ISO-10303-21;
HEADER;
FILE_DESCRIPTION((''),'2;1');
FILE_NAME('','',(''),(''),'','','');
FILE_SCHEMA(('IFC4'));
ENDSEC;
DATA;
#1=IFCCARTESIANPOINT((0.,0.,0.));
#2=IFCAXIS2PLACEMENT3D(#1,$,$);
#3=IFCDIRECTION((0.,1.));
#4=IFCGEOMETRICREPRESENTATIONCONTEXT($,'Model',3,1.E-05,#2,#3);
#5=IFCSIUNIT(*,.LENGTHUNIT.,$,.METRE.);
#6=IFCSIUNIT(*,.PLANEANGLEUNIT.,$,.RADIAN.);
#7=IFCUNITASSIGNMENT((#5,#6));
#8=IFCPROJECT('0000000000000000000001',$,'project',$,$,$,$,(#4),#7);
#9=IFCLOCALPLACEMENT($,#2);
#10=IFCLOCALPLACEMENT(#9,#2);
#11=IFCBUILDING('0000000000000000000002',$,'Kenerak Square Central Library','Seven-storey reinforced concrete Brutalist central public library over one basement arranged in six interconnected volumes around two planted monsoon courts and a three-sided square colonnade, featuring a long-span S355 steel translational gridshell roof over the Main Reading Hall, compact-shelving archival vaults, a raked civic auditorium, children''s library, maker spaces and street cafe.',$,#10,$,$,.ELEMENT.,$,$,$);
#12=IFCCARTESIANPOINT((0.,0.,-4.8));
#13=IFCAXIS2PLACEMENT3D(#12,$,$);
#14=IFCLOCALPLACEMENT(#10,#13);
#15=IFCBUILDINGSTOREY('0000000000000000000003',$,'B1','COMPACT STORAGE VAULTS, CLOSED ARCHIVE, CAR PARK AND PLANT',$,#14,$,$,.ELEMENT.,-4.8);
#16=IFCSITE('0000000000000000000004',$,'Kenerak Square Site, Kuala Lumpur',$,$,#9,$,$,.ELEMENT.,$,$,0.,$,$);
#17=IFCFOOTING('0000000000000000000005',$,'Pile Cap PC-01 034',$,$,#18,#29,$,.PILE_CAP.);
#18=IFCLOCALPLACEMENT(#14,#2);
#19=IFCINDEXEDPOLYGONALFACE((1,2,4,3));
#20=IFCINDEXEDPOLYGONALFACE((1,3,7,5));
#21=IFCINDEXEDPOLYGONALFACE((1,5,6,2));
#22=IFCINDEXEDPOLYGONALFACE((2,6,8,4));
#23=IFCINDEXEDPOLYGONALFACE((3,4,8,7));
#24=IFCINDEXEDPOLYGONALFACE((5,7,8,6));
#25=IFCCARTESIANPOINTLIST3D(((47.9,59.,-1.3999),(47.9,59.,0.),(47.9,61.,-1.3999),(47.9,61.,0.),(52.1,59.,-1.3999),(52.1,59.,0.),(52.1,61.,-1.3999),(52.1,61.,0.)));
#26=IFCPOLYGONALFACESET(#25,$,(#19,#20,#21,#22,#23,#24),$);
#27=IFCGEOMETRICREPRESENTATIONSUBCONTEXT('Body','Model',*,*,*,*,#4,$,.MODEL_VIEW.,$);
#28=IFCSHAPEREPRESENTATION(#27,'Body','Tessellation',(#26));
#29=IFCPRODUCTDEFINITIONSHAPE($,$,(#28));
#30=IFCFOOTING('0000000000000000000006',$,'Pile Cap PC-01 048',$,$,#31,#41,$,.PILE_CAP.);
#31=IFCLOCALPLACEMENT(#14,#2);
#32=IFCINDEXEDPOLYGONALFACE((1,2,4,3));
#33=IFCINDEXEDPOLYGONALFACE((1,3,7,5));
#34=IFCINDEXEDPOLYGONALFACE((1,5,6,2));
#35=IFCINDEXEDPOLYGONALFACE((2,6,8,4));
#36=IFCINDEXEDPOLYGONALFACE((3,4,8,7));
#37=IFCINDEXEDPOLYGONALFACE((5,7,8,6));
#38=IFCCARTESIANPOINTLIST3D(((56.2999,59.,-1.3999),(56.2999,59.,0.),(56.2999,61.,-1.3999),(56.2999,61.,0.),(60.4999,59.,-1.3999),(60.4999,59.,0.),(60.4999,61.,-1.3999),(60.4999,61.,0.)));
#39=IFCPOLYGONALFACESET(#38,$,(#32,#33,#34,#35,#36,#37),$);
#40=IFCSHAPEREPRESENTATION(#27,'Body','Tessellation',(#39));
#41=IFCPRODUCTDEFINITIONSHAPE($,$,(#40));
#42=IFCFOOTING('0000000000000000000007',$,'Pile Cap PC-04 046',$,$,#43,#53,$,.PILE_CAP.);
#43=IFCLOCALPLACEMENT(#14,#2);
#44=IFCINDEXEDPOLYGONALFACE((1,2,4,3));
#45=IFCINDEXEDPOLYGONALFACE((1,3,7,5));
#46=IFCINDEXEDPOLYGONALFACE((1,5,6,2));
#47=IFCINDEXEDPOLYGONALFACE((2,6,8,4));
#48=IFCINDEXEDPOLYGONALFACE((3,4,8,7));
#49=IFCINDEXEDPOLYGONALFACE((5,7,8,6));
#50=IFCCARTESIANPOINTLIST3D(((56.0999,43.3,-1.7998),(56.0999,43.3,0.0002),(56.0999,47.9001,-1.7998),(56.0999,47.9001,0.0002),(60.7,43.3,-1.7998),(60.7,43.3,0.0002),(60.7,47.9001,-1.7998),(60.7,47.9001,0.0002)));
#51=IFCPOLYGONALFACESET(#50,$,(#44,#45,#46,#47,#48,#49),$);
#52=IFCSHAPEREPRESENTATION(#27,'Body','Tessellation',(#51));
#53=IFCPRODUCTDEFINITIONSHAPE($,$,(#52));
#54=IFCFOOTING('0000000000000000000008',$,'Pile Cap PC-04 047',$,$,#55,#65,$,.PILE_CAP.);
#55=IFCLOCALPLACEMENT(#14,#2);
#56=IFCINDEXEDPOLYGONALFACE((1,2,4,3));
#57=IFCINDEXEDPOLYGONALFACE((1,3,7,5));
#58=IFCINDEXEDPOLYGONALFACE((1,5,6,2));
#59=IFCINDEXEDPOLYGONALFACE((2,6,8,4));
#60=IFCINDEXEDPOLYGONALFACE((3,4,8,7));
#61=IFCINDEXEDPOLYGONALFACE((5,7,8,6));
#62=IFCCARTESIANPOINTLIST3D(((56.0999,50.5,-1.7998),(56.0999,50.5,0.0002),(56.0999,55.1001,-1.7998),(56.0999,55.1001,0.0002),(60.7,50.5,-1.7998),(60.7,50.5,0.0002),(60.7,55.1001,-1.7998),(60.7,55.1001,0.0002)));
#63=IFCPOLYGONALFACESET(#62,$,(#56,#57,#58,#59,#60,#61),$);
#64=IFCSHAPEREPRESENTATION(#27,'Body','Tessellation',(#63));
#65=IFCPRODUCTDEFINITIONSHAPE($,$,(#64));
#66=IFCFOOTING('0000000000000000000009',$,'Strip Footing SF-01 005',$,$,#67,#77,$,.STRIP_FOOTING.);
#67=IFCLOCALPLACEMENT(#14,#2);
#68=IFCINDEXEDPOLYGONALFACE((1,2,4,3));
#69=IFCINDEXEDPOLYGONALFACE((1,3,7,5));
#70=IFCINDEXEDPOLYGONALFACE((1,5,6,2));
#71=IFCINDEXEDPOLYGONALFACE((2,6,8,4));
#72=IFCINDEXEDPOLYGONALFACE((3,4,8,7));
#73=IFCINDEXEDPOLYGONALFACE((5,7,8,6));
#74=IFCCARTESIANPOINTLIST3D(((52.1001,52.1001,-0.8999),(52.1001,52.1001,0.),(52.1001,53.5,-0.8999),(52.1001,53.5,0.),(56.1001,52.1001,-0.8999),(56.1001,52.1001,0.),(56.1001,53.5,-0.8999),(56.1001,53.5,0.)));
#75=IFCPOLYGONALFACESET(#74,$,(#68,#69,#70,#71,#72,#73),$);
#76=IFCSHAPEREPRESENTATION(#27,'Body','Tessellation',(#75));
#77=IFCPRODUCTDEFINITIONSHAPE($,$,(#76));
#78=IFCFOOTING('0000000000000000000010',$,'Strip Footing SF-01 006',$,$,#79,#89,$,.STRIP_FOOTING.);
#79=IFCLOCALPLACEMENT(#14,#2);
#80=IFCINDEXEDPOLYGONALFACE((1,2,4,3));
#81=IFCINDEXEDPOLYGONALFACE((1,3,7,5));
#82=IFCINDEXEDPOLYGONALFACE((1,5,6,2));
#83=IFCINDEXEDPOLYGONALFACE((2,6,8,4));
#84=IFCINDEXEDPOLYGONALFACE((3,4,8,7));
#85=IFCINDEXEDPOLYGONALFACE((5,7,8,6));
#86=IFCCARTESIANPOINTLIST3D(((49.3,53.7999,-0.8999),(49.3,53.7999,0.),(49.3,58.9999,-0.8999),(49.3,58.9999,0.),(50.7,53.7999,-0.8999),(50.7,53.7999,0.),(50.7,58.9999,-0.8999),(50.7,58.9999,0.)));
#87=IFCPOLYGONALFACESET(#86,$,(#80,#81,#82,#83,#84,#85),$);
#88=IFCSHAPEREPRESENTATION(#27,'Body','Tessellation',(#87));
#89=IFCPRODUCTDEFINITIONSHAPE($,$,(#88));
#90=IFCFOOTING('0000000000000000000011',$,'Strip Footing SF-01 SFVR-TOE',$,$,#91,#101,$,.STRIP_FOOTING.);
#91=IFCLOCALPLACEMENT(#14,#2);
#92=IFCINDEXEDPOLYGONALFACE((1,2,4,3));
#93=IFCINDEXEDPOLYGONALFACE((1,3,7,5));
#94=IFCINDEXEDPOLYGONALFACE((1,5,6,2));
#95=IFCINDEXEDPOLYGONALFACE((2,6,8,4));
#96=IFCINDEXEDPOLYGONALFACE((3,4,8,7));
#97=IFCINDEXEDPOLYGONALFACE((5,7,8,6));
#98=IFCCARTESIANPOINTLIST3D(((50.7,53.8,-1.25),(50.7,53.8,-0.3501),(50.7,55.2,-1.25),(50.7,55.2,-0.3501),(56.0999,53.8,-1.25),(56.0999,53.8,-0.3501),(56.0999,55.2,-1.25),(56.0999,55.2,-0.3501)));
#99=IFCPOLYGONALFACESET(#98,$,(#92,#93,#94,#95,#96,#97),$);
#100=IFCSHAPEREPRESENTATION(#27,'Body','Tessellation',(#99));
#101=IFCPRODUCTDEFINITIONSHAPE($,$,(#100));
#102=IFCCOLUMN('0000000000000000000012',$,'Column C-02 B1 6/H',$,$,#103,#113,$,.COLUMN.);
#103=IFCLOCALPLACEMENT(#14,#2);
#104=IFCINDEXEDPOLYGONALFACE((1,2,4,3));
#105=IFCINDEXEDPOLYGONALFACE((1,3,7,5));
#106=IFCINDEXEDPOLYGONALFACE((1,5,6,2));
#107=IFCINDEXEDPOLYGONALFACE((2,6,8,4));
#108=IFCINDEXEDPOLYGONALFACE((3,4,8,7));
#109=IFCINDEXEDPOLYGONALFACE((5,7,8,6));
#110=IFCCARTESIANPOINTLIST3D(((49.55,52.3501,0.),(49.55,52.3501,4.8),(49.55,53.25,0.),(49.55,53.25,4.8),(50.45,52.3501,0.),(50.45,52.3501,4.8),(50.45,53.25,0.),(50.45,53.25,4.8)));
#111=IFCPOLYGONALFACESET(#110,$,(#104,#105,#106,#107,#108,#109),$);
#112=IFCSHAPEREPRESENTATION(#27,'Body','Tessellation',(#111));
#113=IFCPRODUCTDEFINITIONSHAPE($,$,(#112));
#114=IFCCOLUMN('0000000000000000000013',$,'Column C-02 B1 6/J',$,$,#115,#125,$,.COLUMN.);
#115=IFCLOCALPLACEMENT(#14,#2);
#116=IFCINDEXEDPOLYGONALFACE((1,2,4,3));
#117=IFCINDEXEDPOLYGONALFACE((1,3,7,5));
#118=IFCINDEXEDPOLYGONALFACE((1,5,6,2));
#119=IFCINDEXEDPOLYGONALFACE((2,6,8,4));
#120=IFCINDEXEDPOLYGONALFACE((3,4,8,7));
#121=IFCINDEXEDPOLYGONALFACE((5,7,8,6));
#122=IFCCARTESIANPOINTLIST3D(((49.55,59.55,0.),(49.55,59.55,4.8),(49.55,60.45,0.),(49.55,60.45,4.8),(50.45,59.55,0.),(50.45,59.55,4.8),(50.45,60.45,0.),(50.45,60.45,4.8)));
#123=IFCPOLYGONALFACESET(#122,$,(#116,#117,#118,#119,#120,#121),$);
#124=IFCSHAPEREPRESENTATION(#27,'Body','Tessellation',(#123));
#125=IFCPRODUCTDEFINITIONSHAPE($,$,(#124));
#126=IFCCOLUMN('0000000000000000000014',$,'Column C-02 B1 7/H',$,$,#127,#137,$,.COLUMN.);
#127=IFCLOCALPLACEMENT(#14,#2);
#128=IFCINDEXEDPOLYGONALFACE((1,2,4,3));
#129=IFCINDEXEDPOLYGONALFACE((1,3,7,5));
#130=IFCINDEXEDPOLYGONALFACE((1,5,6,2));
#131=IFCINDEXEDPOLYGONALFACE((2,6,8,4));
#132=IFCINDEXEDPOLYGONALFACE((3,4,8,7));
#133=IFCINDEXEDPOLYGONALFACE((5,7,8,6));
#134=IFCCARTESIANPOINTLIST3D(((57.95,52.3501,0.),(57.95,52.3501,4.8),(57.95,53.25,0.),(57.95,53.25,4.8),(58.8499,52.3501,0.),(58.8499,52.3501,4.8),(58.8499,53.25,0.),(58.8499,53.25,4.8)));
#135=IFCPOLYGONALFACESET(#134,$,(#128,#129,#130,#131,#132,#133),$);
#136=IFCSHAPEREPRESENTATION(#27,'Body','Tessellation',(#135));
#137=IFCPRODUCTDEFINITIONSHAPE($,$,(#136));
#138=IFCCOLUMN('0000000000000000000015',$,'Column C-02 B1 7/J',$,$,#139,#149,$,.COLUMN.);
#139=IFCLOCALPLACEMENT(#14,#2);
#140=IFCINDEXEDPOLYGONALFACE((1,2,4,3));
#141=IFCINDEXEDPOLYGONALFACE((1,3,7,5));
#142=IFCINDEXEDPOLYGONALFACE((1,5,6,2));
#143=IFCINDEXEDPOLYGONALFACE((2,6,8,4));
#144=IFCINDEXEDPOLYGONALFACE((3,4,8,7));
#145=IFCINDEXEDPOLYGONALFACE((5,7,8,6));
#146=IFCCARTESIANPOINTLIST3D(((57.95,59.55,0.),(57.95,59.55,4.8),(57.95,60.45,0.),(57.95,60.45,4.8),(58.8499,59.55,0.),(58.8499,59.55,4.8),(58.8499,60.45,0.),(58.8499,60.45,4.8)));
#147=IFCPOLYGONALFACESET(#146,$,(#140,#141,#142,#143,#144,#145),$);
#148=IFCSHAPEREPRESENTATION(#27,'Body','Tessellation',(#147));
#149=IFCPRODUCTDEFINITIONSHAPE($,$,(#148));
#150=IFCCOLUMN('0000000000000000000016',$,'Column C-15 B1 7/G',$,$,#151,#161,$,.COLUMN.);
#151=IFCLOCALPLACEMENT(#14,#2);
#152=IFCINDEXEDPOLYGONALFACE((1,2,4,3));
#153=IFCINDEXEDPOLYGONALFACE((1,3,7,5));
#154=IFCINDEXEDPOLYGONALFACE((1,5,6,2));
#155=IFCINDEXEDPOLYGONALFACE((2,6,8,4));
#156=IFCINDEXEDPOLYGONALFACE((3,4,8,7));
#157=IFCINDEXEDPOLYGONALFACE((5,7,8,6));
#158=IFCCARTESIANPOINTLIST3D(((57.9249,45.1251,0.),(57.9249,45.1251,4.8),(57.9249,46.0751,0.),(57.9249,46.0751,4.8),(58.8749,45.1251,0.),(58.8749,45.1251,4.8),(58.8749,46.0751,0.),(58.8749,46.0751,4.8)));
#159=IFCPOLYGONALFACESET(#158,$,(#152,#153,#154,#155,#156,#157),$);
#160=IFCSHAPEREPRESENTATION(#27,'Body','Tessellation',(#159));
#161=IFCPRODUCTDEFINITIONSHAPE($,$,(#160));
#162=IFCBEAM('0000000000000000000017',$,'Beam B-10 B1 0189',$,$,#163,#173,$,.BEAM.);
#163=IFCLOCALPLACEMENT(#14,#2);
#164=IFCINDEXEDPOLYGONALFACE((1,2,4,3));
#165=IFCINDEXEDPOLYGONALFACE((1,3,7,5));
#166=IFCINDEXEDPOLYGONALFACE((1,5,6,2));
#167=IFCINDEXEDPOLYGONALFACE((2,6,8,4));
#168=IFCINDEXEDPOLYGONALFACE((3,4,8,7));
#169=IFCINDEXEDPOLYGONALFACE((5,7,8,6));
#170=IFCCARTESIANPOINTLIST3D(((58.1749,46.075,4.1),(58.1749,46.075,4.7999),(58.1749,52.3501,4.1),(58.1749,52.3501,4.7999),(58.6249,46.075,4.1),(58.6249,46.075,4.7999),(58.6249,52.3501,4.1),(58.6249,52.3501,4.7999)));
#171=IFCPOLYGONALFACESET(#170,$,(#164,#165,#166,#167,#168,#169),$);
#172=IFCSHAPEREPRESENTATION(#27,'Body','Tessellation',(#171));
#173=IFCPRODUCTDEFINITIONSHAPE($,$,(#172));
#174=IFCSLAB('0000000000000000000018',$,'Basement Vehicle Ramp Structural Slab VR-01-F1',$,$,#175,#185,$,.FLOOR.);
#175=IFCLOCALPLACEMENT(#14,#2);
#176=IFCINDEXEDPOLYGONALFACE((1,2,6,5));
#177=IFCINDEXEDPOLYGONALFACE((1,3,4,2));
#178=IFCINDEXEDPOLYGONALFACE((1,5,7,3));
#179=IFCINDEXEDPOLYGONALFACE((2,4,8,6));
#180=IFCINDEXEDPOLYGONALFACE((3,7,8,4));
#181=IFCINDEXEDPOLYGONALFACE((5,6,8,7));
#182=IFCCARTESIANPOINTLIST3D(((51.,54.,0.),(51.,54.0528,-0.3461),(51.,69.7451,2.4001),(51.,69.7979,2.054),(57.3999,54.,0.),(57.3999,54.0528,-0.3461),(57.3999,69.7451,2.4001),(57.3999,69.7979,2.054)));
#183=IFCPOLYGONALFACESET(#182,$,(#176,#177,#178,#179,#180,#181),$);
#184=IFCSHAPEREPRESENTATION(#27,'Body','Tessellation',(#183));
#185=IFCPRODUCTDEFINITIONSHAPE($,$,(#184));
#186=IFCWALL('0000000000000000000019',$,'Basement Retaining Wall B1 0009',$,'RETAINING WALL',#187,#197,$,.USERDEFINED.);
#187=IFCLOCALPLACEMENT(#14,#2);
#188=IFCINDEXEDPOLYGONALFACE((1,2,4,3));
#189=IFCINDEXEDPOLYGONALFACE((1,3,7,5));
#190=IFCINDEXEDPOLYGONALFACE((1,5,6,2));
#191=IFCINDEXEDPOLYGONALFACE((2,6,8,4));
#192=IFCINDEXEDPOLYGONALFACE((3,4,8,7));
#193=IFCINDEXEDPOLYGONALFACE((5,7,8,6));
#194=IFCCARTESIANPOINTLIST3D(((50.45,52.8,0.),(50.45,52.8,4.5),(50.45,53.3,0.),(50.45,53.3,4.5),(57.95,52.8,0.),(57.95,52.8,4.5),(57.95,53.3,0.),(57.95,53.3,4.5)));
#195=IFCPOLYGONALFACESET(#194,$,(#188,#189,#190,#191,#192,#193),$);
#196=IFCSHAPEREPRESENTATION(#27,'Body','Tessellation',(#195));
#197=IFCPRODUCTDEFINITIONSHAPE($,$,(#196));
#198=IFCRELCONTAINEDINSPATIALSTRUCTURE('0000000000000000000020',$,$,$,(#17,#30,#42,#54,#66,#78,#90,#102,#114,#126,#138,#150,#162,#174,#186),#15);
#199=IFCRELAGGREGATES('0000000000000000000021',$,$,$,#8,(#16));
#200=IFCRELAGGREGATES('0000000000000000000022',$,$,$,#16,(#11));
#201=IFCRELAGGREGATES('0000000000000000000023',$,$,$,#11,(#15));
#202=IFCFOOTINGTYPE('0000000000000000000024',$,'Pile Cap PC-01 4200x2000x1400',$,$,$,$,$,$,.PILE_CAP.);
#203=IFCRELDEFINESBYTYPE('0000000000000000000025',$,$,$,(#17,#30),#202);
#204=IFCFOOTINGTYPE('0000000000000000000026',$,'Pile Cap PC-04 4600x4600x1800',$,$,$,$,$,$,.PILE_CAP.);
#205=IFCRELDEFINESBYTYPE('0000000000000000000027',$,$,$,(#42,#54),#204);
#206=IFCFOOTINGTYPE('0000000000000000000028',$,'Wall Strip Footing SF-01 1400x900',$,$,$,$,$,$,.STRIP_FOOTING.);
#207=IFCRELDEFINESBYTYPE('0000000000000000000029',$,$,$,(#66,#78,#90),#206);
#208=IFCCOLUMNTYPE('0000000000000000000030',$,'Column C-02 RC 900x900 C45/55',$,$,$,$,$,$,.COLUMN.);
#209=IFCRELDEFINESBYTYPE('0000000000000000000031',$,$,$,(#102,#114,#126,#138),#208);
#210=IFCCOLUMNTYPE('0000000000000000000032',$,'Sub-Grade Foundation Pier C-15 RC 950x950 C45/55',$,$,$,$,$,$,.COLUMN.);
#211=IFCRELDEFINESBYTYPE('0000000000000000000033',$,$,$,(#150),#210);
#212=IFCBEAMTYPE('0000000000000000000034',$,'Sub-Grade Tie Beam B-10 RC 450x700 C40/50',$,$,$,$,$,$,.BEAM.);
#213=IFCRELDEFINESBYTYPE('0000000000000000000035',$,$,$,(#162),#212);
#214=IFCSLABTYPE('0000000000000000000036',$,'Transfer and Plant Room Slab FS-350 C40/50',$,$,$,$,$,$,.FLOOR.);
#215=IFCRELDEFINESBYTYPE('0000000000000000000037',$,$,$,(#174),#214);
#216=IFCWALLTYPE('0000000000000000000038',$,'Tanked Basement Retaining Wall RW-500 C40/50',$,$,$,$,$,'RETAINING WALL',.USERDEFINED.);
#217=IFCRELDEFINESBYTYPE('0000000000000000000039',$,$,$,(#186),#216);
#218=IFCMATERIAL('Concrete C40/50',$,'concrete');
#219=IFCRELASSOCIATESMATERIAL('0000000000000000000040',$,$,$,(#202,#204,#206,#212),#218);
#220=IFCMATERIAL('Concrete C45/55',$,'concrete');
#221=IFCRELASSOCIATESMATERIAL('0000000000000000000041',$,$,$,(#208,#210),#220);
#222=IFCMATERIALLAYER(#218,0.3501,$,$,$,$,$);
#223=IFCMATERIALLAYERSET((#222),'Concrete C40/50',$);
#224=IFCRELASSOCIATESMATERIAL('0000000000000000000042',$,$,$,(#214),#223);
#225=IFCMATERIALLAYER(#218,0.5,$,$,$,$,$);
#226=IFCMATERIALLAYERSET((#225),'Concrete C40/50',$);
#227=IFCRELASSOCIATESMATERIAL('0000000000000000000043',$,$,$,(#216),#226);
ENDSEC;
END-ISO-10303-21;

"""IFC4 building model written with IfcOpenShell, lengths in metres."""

from ifc_helpers import new_model, si_unit, direction, frame, frame_2d, origin, origin_2d, place, context, subcontext, project, spatial, polyline, rectangle, outline, extrude, material, layer, layer_set, material_profile, profile_set, type_object, element, save


model = new_model("IFC4")

# Units and contexts
model_context = context("Model", 3, precision=1e-05, world=origin(), true_north=direction((0.0, 1.0)))
body_context = subcontext(model_context, "Body", "Model", "MODEL_VIEW")
ifc_project = project(units=[si_unit("LENGTHUNIT", "METRE"), si_unit("PLANEANGLEUNIT", "RADIAN")], contexts=[model_context])

# Site, building, storey
site_placement = place(None, origin())
site = spatial("IfcSite", under=ifc_project, at=site_placement, Name="Kenerak Square Site, Kuala Lumpur", CompositionType="ELEMENT", RefElevation=0.0)
building_placement = place(site_placement, origin())
building = spatial("IfcBuilding", under=site, at=building_placement, Name="Kenerak Square Central Library", Description="Seven-storey reinforced concrete Brutalist central public library over one basement arranged in six interconnected volumes around two planted monsoon courts and a three-sided square colonnade, featuring a long-span S355 steel translational gridshell roof over the Main Reading Hall, compact-shelving archival vaults, a raked civic auditorium, children's library, maker spaces and street cafe.", CompositionType="ELEMENT")
storey_placement = place(building_placement, frame((0.0, 0.0, -4.8)))
storey = spatial("IfcBuildingStorey", under=building, at=storey_placement, Name="B1", Description="COMPACT STORAGE VAULTS, CLOSED ARCHIVE, CAR PARK AND PLANT", CompositionType="ELEMENT", Elevation=-4.8)

# Shared definitions
ifc_material_1 = material(Name="Concrete C40/50", Category="concrete")

# Footings
footing_type_1 = type_object("IfcFootingType", Name="Pile Cap PC-01 4200x2000x1400", PredefinedType="PILE_CAP", material=ifc_material_1)
for number, where, z_axis, x_axis, name in (
    (1, (50.0, 60.0, -1.3999), (0.0, 0.0, 1.0), (1.0, 0.0, 0.0), "Pile Cap PC-01 034"),
    (2, (58.3999, 60.0, -1.3999), (0.0, 0.0, 1.0), (1.0, 0.0, 0.0), "Pile Cap PC-01 048"),
):
    element("IfcFooting", number, at=place(storey_placement, frame(where, z_axis=z_axis, x_axis=x_axis)), inside=storey, type_object=footing_type_1, Name=name, PredefinedType="PILE_CAP", context=body_context, shape_type="SweptSolid", body=[
        extrude(rectangle(XDim=4.2, YDim=2.0, at=origin_2d()), origin(), (0.0, 0.0, 1.0), 1.3999),
    ])
footing_type_2 = type_object("IfcFootingType", Name="Pile Cap PC-04 4600x4600x1800", PredefinedType="PILE_CAP", material=ifc_material_1)
for number, where, z_axis, x_axis, name in (
    (3, (58.3999, 45.6001, -1.7998), (0.0, 0.0, 1.0), (1.0, 0.0, 0.0), "Pile Cap PC-04 046"),
    (4, (58.3999, 52.8, -1.7998), (0.0, 0.0, 1.0), (1.0, 0.0, 0.0), "Pile Cap PC-04 047"),
):
    element("IfcFooting", number, at=place(storey_placement, frame(where, z_axis=z_axis, x_axis=x_axis)), inside=storey, type_object=footing_type_2, Name=name, PredefinedType="PILE_CAP", context=body_context, shape_type="SweptSolid", body=[
        extrude(rectangle(XDim=4.6001, YDim=4.6001, at=origin_2d()), origin(), (0.0, 0.0, 1.0), 1.8),
    ])
footing_type_3 = type_object("IfcFootingType", Name="Wall Strip Footing SF-01 1400x900", PredefinedType="STRIP_FOOTING", material=ifc_material_1)
footing_1_placement = place(storey_placement, frame((54.1001, 52.8, -0.8999), z_axis=(0.0, 0.0, 1.0), x_axis=(1.0, 0.0, 0.0)))
element("IfcFooting", 5, at=footing_1_placement, inside=storey, type_object=footing_type_3, Name="Strip Footing SF-01 005", PredefinedType="STRIP_FOOTING", context=body_context, shape_type="SweptSolid", body=[
    extrude(rectangle(XDim=4.0, YDim=1.3999, at=origin_2d()), origin(), (0.0, 0.0, 1.0), 0.8999),
])
footing_2_placement = place(storey_placement, frame((50.0, 56.3999, -0.8999), z_axis=(0.0, 0.0, 1.0), x_axis=(1.0, 0.0, 0.0)))
element("IfcFooting", 6, at=footing_2_placement, inside=storey, type_object=footing_type_3, Name="Strip Footing SF-01 006", PredefinedType="STRIP_FOOTING", context=body_context, shape_type="SweptSolid", body=[
    extrude(rectangle(XDim=1.3999, YDim=5.2, at=origin_2d()), origin(), (0.0, 0.0, 1.0), 0.8999),
])
footing_3_placement = place(storey_placement, frame((53.3999, 54.5, -1.25), z_axis=(0.0, 0.0, 1.0), x_axis=(1.0, 0.0, 0.0)))
element("IfcFooting", 7, at=footing_3_placement, inside=storey, type_object=footing_type_3, Name="Strip Footing SF-01 SFVR-TOE", PredefinedType="STRIP_FOOTING", context=body_context, shape_type="SweptSolid", body=[
    extrude(rectangle(XDim=5.3999, YDim=1.3999, at=origin_2d()), origin(), (0.0, 0.0, 1.0), 0.8999),
])

# Columns
ifc_material_2 = material(Name="Concrete C45/55", Category="concrete")
ifc_material_profile_1 = material_profile(ifc_material_2, rectangle(XDim=0.8999, YDim=0.8999, at=origin_2d()), Name="RC 900x900")
ifc_profile_set_1 = profile_set([ifc_material_profile_1], Name="Concrete C45/55")
column_type_1 = type_object("IfcColumnType", Name="Column C-02 RC 900x900 C45/55", PredefinedType="COLUMN", material=ifc_profile_set_1)
for number, where, z_axis, x_axis, name in (
    (8, (50.0, 52.8, 0.0), (0.0, 0.0, 1.0), (1.0, 0.0, 0.0), "Column C-02 B1 6/H"),
    (9, (50.0, 60.0, 0.0), (0.0, 0.0, 1.0), (1.0, 0.0, 0.0), "Column C-02 B1 6/J"),
    (10, (58.3999, 52.8, 0.0), (0.0, 0.0, 1.0), (1.0, 0.0, 0.0), "Column C-02 B1 7/H"),
    (11, (58.3999, 60.0, 0.0), (0.0, 0.0, 1.0), (1.0, 0.0, 0.0), "Column C-02 B1 7/J"),
):
    element("IfcColumn", number, at=place(storey_placement, frame(where, z_axis=z_axis, x_axis=x_axis)), inside=storey, type_object=column_type_1, Name=name, PredefinedType="COLUMN", context=body_context, shape_type="SweptSolid", body=[
        extrude(rectangle(XDim=0.8999, YDim=0.8999, at=origin_2d()), origin(), (0.0, 0.0, 1.0), 4.8),
    ])
ifc_material_profile_2 = material_profile(ifc_material_2, rectangle(XDim=0.95, YDim=0.95, at=origin_2d()), Name="RC 950x950")
ifc_profile_set_2 = profile_set([ifc_material_profile_2], Name="Concrete C45/55")
column_type_2 = type_object("IfcColumnType", Name="Sub-Grade Foundation Pier C-15 RC 950x950 C45/55", PredefinedType="COLUMN", material=ifc_profile_set_2)
column_placement = place(storey_placement, frame((58.3999, 45.6001, 0.0), z_axis=(0.0, 0.0, 1.0), x_axis=(1.0, 0.0, 0.0)))
element("IfcColumn", 12, at=column_placement, inside=storey, type_object=column_type_2, Name="Column C-15 B1 7/G", PredefinedType="COLUMN", context=body_context, shape_type="SweptSolid", body=[
    extrude(rectangle(XDim=0.95, YDim=0.95, at=origin_2d()), origin(), (0.0, 0.0, 1.0), 4.8),
])

# Beam
ifc_material_profile_3 = material_profile(ifc_material_1, rectangle(XDim=0.45, YDim=0.7, at=origin_2d()), Name="RC 450x700")
ifc_profile_set_3 = profile_set([ifc_material_profile_3], Name="Concrete C40/50")
beam_type = type_object("IfcBeamType", Name="Sub-Grade Tie Beam B-10 RC 450x700 C40/50", PredefinedType="BEAM", material=ifc_profile_set_3)
beam_placement = place(storey_placement, frame((58.3999, 46.075, 4.45), z_axis=(0.0, 1.0, 0.0), x_axis=(-1.0, 0.0, 0.0)))
element("IfcBeam", 13, at=beam_placement, inside=storey, type_object=beam_type, Name="Beam B-10 B1 0189", PredefinedType="BEAM", context=body_context, shape_type="SweptSolid", body=[
    extrude(rectangle(XDim=0.45, YDim=0.7, at=origin_2d()), origin(), (0.0, 0.0, 1.0), 6.2751),
])

# Slab
ifc_layer_1 = layer(ifc_material_1, 0.3501)
ifc_layer_set_1 = layer_set([ifc_layer_1], Name="Concrete C40/50")
slab_type = type_object("IfcSlabType", Name="Transfer and Plant Room Slab FS-350 C40/50", PredefinedType="FLOOR", material=ifc_layer_set_1)
slab_placement = place(storey_placement, frame((51.0, 54.0, 0.0), z_axis=(0.0, -0.150697, 0.98858), x_axis=(1.0, 0.0, 0.0)))
element("IfcSlab", 14, at=slab_placement, inside=storey, type_object=slab_type, Name="Basement Vehicle Ramp Structural Slab VR-01-F1", PredefinedType="FLOOR", context=body_context, shape_type="SweptSolid", body=[
    extrude(outline(polyline([(0.0, 0.0), (6.3999, 0.0), (6.3999, 15.927), (0.0, 15.927), (0.0, 0.0)])), origin(), (0.0, 0.0, -1.0), 0.3501),
])

# Wall
ifc_layer_2 = layer(ifc_material_1, 0.5)
ifc_layer_set_2 = layer_set([ifc_layer_2], Name="Concrete C40/50")
wall_type = type_object("IfcWallType", Name="Tanked Basement Retaining Wall RW-500 C40/50", ElementType="RETAINING WALL", PredefinedType="USERDEFINED", material=ifc_layer_set_2)
wall_placement = place(storey_placement, frame((57.95, 53.05, 0.0), z_axis=(0.0, 0.0, 1.0), x_axis=(-1.0, 0.0, 0.0)))
element("IfcWall", 15, at=wall_placement, inside=storey, type_object=wall_type, Name="Basement Retaining Wall B1 0009", ObjectType="RETAINING WALL", PredefinedType="USERDEFINED", context=body_context, shape_type="SweptSolid", body=[
    extrude(rectangle(XDim=7.5, YDim=0.5, at=frame_2d((3.75, 0.0))), origin(), (0.0, 0.0, 1.0), 4.5),
])

save(model, "model.ifc")
